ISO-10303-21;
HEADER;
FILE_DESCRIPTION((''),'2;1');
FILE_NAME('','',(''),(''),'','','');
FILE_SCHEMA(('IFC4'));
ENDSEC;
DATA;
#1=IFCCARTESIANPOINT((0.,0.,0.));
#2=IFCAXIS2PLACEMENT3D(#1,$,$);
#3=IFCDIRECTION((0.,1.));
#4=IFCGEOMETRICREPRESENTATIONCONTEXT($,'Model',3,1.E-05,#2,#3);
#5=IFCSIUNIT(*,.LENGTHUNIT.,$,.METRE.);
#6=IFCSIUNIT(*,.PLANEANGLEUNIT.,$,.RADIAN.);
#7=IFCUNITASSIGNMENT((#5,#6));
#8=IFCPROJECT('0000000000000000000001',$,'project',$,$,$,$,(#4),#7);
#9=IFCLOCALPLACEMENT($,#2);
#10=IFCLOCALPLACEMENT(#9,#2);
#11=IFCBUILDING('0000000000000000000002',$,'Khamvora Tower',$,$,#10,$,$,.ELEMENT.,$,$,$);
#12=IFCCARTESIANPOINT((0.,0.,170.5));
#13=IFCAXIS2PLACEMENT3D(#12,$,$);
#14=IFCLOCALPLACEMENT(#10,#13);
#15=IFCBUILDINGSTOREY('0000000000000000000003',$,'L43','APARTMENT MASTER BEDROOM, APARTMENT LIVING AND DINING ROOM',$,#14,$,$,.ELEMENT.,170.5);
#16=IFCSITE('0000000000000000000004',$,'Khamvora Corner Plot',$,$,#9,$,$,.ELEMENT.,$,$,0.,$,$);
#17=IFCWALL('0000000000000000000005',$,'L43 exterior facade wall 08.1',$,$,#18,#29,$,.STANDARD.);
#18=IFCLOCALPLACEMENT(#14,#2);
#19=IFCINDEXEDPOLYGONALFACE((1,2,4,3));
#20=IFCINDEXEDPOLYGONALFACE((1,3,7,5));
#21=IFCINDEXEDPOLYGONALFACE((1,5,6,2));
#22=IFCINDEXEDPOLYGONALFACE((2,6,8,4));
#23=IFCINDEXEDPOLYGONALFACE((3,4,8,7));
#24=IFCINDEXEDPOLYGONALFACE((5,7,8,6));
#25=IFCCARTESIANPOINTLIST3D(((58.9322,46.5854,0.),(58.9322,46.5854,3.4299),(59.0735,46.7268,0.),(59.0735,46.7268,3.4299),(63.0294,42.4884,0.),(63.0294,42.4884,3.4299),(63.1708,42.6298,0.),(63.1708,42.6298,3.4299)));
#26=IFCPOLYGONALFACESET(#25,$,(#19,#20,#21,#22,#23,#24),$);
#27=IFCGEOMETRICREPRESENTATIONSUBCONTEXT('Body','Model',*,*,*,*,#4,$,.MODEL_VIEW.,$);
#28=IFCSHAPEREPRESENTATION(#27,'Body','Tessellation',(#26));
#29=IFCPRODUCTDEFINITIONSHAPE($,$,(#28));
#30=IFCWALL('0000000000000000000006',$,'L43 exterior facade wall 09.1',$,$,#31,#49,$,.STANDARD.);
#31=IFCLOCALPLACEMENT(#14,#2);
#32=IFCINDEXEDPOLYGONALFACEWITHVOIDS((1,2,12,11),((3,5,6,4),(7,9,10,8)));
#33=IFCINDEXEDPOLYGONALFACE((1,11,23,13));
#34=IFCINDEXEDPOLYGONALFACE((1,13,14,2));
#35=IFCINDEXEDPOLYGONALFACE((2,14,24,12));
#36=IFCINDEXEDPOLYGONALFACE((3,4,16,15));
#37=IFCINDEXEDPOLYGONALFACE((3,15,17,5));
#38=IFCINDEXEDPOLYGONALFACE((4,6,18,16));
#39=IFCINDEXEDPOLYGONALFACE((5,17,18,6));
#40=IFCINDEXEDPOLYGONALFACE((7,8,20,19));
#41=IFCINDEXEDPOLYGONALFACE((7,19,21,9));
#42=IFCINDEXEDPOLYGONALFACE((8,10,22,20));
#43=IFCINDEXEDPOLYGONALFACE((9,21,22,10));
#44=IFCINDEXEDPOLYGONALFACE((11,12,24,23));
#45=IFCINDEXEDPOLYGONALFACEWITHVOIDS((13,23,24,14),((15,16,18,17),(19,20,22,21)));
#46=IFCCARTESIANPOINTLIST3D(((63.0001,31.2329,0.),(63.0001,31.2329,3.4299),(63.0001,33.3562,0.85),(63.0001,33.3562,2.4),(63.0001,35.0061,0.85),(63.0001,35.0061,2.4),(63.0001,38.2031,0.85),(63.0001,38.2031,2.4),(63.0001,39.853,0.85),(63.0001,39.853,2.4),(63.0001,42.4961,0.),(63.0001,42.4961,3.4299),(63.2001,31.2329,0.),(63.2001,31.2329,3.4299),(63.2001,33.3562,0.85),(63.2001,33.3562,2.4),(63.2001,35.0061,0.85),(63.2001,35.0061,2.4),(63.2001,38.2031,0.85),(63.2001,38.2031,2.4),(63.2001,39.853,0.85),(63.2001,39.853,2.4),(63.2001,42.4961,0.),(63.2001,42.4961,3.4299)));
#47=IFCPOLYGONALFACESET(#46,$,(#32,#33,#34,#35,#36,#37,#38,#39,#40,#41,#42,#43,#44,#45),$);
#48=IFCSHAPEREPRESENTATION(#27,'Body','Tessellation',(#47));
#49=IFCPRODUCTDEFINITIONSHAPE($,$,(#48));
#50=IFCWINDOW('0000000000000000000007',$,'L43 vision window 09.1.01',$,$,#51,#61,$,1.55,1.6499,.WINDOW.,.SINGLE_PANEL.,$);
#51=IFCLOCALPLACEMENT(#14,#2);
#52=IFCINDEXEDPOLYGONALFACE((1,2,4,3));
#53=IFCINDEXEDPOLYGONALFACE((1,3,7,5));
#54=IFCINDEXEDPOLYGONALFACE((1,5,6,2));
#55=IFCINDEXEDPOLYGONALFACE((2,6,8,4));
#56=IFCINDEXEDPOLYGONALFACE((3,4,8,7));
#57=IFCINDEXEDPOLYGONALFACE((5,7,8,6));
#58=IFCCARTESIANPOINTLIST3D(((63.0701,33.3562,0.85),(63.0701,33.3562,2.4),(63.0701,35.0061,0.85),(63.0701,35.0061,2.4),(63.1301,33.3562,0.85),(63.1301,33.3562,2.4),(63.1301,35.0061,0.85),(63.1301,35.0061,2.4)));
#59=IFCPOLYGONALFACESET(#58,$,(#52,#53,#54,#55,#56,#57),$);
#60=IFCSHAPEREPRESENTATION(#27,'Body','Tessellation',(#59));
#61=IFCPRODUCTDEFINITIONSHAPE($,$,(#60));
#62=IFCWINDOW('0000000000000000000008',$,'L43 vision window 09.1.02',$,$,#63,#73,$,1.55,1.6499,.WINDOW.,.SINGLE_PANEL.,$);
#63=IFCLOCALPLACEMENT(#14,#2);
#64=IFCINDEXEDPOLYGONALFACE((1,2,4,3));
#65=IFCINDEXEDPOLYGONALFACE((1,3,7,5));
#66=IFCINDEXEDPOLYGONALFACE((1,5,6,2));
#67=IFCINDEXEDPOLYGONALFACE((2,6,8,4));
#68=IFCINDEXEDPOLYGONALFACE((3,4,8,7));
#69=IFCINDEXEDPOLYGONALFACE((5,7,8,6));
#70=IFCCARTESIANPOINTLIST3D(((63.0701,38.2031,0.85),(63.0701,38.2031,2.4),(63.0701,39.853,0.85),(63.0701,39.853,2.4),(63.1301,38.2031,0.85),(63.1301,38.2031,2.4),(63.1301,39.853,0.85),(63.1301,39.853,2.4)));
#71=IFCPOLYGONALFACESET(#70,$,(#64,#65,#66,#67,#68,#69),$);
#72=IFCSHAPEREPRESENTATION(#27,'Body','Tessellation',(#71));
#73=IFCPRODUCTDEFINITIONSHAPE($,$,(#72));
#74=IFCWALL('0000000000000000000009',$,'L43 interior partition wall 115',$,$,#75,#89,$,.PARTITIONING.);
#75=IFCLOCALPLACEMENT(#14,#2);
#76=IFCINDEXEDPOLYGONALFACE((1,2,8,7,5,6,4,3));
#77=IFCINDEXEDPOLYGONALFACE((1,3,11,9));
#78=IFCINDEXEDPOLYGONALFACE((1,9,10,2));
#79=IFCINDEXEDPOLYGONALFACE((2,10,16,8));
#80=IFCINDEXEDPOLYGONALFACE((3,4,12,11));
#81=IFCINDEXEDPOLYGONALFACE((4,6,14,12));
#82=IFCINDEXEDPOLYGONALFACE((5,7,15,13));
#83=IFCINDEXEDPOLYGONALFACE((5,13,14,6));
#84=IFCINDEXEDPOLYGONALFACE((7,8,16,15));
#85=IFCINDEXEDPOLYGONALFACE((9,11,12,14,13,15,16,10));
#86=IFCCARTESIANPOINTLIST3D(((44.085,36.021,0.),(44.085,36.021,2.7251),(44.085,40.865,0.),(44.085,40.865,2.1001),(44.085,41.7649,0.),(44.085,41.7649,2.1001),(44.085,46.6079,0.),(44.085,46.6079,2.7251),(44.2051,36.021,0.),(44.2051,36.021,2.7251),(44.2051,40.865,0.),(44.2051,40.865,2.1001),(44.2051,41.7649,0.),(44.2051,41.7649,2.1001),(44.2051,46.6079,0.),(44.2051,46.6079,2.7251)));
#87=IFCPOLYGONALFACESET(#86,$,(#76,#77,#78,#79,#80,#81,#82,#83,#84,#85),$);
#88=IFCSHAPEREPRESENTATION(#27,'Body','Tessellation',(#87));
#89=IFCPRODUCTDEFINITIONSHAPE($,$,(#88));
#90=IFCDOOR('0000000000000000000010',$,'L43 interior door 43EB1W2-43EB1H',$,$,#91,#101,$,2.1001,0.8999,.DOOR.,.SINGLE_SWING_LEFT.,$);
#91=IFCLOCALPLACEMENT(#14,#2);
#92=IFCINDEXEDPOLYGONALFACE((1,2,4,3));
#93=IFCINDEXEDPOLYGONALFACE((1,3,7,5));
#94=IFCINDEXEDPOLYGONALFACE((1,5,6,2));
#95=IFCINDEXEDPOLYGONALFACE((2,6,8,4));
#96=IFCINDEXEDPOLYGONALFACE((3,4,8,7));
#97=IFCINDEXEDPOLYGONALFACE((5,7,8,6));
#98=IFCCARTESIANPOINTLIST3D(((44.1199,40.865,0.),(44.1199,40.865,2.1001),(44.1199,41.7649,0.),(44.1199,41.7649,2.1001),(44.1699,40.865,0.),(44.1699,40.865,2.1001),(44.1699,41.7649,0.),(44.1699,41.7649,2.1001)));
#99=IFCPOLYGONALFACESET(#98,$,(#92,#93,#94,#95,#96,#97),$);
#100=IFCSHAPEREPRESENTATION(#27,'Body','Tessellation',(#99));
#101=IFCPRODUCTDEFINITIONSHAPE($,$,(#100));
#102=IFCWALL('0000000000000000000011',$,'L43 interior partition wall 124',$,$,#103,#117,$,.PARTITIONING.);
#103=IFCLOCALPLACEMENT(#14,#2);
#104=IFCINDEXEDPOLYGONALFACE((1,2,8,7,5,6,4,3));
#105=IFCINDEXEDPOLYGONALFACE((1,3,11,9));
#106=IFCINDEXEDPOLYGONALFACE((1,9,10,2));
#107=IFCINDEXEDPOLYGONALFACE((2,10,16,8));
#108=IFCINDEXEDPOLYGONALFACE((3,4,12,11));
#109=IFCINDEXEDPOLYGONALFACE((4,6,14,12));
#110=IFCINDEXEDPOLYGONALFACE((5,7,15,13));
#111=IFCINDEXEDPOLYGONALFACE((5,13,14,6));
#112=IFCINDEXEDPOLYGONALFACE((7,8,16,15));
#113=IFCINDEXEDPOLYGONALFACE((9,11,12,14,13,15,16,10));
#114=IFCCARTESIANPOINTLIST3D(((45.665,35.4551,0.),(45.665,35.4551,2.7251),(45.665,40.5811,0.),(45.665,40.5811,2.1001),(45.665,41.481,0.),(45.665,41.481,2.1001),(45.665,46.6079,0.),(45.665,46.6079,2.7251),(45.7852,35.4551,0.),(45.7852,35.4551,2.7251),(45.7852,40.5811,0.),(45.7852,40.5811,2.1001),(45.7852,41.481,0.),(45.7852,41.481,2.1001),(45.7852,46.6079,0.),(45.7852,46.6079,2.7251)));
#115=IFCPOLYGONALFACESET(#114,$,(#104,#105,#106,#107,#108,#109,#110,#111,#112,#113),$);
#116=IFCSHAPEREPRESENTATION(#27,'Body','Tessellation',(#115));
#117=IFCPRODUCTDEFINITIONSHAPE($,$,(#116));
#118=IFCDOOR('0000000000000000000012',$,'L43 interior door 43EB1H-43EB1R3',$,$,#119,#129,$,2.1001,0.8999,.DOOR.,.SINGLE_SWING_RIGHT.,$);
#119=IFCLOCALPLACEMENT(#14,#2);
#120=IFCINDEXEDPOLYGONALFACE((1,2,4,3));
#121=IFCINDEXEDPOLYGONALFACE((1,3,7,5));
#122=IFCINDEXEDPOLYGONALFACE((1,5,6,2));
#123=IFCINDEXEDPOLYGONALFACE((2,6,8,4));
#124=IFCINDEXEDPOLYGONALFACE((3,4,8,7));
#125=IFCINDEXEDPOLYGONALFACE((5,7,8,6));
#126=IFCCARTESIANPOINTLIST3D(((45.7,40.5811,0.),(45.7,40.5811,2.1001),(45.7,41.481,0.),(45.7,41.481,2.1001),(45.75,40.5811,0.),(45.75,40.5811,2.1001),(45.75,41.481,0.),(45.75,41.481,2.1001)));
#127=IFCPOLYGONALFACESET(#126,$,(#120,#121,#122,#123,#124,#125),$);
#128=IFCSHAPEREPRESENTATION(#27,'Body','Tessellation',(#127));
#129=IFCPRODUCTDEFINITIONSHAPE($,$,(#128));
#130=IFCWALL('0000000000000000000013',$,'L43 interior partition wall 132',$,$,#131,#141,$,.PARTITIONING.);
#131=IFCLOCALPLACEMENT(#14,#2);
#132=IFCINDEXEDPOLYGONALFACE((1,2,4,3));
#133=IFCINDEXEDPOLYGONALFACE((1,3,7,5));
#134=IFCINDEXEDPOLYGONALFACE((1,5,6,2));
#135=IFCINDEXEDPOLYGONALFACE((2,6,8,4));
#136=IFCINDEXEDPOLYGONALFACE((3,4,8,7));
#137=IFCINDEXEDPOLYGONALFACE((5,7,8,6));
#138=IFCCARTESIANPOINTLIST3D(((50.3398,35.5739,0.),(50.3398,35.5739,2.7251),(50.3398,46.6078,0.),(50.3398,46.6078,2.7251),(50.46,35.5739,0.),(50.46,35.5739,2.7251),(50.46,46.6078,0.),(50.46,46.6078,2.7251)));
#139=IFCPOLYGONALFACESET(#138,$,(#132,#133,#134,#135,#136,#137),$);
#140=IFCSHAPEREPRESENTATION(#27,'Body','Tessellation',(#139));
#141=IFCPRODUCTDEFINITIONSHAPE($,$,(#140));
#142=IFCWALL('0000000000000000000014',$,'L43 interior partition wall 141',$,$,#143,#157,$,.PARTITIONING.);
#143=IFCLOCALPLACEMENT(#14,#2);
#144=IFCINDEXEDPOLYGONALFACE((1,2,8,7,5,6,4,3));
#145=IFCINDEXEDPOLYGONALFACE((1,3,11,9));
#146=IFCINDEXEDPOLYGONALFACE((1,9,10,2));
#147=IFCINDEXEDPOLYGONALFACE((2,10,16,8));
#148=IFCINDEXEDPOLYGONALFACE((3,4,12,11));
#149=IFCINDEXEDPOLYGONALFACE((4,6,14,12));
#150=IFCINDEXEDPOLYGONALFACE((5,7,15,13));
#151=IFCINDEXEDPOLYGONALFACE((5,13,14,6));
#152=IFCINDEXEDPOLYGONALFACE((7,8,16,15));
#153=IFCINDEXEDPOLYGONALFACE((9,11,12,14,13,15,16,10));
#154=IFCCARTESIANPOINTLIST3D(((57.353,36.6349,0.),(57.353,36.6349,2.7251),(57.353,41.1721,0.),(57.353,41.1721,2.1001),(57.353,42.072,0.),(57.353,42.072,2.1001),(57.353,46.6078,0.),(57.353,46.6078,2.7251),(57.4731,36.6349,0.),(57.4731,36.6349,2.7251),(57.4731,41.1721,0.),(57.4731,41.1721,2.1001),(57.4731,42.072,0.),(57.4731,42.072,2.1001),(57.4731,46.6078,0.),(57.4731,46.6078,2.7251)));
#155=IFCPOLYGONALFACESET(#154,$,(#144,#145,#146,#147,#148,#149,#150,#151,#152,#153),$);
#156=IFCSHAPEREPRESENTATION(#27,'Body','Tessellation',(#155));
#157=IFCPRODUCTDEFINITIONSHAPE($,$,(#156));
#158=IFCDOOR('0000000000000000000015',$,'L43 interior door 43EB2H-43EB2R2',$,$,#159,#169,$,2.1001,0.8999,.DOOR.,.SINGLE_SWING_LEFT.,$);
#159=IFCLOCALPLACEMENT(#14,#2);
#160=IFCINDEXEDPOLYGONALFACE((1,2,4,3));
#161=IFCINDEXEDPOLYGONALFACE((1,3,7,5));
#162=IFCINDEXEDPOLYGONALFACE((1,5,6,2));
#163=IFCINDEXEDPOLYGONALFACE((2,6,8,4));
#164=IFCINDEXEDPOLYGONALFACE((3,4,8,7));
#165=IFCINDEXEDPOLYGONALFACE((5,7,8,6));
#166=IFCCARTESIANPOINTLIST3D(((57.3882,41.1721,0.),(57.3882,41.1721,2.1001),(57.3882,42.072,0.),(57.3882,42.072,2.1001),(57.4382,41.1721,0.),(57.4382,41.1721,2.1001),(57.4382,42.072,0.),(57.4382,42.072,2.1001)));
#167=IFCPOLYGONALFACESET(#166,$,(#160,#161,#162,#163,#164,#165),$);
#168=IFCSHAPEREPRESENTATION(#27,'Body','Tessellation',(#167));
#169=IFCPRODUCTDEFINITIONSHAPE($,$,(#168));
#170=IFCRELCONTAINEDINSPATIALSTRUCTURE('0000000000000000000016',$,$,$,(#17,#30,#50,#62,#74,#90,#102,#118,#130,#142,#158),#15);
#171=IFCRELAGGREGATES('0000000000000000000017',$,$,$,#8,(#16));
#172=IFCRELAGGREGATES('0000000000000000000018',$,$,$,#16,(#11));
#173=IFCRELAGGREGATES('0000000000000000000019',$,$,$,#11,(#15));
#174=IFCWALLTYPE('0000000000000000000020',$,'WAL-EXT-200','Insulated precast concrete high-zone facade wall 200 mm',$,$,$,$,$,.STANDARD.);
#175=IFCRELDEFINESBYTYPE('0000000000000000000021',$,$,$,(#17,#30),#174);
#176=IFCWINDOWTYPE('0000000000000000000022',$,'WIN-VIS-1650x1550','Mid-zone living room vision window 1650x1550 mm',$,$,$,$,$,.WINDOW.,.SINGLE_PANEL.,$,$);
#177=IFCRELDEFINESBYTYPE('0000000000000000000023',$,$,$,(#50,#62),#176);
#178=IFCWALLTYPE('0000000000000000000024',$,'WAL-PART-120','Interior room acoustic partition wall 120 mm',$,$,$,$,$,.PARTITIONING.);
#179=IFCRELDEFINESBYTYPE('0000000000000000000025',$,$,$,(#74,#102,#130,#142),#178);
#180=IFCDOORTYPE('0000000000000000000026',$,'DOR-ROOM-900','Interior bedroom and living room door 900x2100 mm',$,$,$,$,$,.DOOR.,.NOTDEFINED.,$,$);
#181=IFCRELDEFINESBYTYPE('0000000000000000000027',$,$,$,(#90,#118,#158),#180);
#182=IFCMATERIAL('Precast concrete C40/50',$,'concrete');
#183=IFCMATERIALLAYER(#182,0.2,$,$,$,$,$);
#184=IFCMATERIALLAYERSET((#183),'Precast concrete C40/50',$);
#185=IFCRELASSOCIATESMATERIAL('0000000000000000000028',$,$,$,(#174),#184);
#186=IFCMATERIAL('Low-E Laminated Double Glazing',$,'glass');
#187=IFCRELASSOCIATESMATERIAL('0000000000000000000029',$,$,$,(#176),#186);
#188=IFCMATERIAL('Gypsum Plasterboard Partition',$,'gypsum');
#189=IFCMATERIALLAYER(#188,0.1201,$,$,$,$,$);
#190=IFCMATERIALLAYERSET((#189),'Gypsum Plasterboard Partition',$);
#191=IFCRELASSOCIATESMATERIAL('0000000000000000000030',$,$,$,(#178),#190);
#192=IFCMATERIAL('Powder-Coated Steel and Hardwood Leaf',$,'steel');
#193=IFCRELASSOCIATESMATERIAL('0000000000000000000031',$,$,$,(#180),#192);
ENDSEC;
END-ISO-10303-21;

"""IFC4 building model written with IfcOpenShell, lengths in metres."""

from ifc_helpers import new_model, si_unit, direction, frame, frame_2d, origin, place, context, subcontext, project, spatial, rectangle, extrude, material, layer, layer_set, type_object, element, fill, save


model = new_model("IFC4")

# Units and contexts
model_context = context("Model", 3, precision=1e-05, world=origin(), true_north=direction((0.0, 1.0)))
body_context = subcontext(model_context, "Body", "Model", "MODEL_VIEW")
ifc_project = project(units=[si_unit("LENGTHUNIT", "METRE"), si_unit("PLANEANGLEUNIT", "RADIAN")], contexts=[model_context])

# Site, building, storey
site_placement = place(None, origin())
site = spatial("IfcSite", under=ifc_project, at=site_placement, Name="Khamvora Corner Plot", CompositionType="ELEMENT", RefElevation=0.0)
building_placement = place(site_placement, origin())
building = spatial("IfcBuilding", under=site, at=building_placement, Name="Khamvora Tower", CompositionType="ELEMENT")
storey_placement = place(building_placement, frame((0.0, 0.0, 170.5)))
storey = spatial("IfcBuildingStorey", under=building, at=storey_placement, Name="L43", Description="APARTMENT MASTER BEDROOM, APARTMENT LIVING AND DINING ROOM", CompositionType="ELEMENT", Elevation=170.5)

# Wall
ifc_material_1 = material(Name="Precast concrete C40/50", Category="concrete")
ifc_layer_1 = layer(ifc_material_1, 0.2)
ifc_layer_set_1 = layer_set([ifc_layer_1], Name="Precast concrete C40/50")
wall_type_1 = type_object("IfcWallType", Name="WAL-EXT-200", Description="Insulated precast concrete high-zone facade wall 200 mm", PredefinedType="STANDARD", material=ifc_layer_set_1)
wall_1_placement = place(storey_placement, frame((59.0029, 46.656, 0.0), z_axis=(0.0, 0.0, 1.0), x_axis=(0.707128, -0.707086, 0.0)))
element("IfcWall", 1, at=wall_1_placement, inside=storey, type_object=wall_type_1, Name="L43 exterior facade wall 08.1", PredefinedType="STANDARD", context=body_context, shape_type="SweptSolid", body=[
    extrude(rectangle(XDim=5.7942, YDim=0.2, at=frame_2d((2.897, 0.0))), origin(), (0.0, 0.0, 1.0), 3.4299),
])

# Wall, openings, windows
wall_2_placement = place(storey_placement, frame((63.1001, 42.4961, 0.0), z_axis=(0.0, 0.0, 1.0), x_axis=(0.0, -1.0, 0.0)))
wall_2 = element("IfcWall", 2, at=wall_2_placement, inside=storey, type_object=wall_type_1, Name="L43 exterior facade wall 09.1", PredefinedType="STANDARD", context=body_context, shape_type="SweptSolid", body=[
    extrude(rectangle(XDim=11.2632, YDim=0.2, at=frame_2d((5.6316, 0.0))), origin(), (0.0, 0.0, 1.0), 3.4299),
])
opening_1_placement = place(wall_2_placement, frame((7.49, 0.0, 0.8501)))
opening_1 = element("IfcOpeningElement", 3, at=opening_1_placement, cuts=wall_2, PredefinedType="OPENING", context=body_context, shape_type="SweptSolid", body=[
    extrude(rectangle(XDim=1.6499, YDim=1.55, at=frame_2d((0.825, 0.7749))), frame((0.0, 0.1099, 0.0), z_axis=(0.0, -1.0, 0.0), x_axis=(1.0, 0.0, 0.0)), (0.0, 0.0, 1.0), 0.22),
])
opening_2_placement = place(wall_2_placement, frame((2.6431, 0.0, 0.8501)))
opening_2 = element("IfcOpeningElement", 4, at=opening_2_placement, cuts=wall_2, PredefinedType="OPENING", context=body_context, shape_type="SweptSolid", body=[
    extrude(rectangle(XDim=1.6499, YDim=1.55, at=frame_2d((0.825, 0.7749))), frame((0.0, 0.1099, 0.0), z_axis=(0.0, -1.0, 0.0), x_axis=(1.0, 0.0, 0.0)), (0.0, 0.0, 1.0), 0.22),
])
ifc_material_2 = material(Name="Low-E Laminated Double Glazing", Category="glass")
window_type = type_object("IfcWindowType", Name="WIN-VIS-1650x1550", Description="Mid-zone living room vision window 1650x1550 mm", PartitioningType="SINGLE_PANEL", PredefinedType="WINDOW", material=ifc_material_2)
window_1_placement = place(opening_1_placement, origin())
window_1 = element("IfcWindow", 5, at=window_1_placement, inside=storey, type_object=window_type, Name="L43 vision window 09.1.01", OverallHeight=1.55, OverallWidth=1.6499, PartitioningType="SINGLE_PANEL", PredefinedType="WINDOW", context=body_context, shape_type="SweptSolid", body=[
    extrude(rectangle(XDim=1.6499, YDim=1.55, at=frame_2d((0.825, 0.7749))), frame((0.0, 0.03, 0.0), z_axis=(0.0, -1.0, 0.0), x_axis=(1.0, 0.0, 0.0)), (0.0, 0.0, 1.0), 0.0601),
])
fill(opening_1, window_1)
window_2_placement = place(opening_2_placement, origin())
window_2 = element("IfcWindow", 6, at=window_2_placement, inside=storey, type_object=window_type, Name="L43 vision window 09.1.02", OverallHeight=1.55, OverallWidth=1.6499, PartitioningType="SINGLE_PANEL", PredefinedType="WINDOW", context=body_context, shape_type="SweptSolid", body=[
    extrude(rectangle(XDim=1.6499, YDim=1.55, at=frame_2d((0.825, 0.7749))), frame((0.0, 0.03, 0.0), z_axis=(0.0, -1.0, 0.0), x_axis=(1.0, 0.0, 0.0)), (0.0, 0.0, 1.0), 0.0601),
])
fill(opening_2, window_2)

# Walls, openings, doors
ifc_material_3 = material(Name="Gypsum Plasterboard Partition", Category="gypsum")
ifc_layer_2 = layer(ifc_material_3, 0.1201)
ifc_layer_set_2 = layer_set([ifc_layer_2], Name="Gypsum Plasterboard Partition")
wall_type_2 = type_object("IfcWallType", Name="WAL-PART-120", Description="Interior room acoustic partition wall 120 mm", PredefinedType="PARTITIONING", material=ifc_layer_set_2)
wall_3_placement = place(storey_placement, frame((44.145, 46.6079, 0.0), z_axis=(0.0, 0.0, 1.0), x_axis=(0.0, -1.0, 0.0)))
wall_3 = element("IfcWall", 7, at=wall_3_placement, inside=storey, type_object=wall_type_2, Name="L43 interior partition wall 115", PredefinedType="PARTITIONING", context=body_context, shape_type="SweptSolid", body=[
    extrude(rectangle(XDim=10.5869, YDim=0.1201, at=frame_2d((5.2935, 0.0))), origin(), (0.0, 0.0, 1.0), 2.7251),
])
opening_3_placement = place(wall_3_placement, frame((4.843, 0.0, 0.0)))
opening_3 = element("IfcOpeningElement", 8, at=opening_3_placement, cuts=wall_3, PredefinedType="OPENING", context=body_context, shape_type="SweptSolid", body=[
    extrude(rectangle(XDim=0.8999, YDim=2.1001, at=frame_2d((0.45, 1.05))), frame((0.0, 0.0701, 0.0), z_axis=(0.0, -1.0, 0.0), x_axis=(1.0, 0.0, 0.0)), (0.0, 0.0, 1.0), 0.1401),
])
ifc_material_4 = material(Name="Powder-Coated Steel and Hardwood Leaf", Category="steel")
door_type = type_object("IfcDoorType", Name="DOR-ROOM-900", Description="Interior bedroom and living room door 900x2100 mm", OperationType="NOTDEFINED", PredefinedType="DOOR", material=ifc_material_4)
door_1_placement = place(opening_3_placement, origin())
door_1 = element("IfcDoor", 9, at=door_1_placement, inside=storey, type_object=door_type, Name="L43 interior door 43EB1W2-43EB1H", OperationType="SINGLE_SWING_LEFT", OverallHeight=2.1001, OverallWidth=0.8999, PredefinedType="DOOR", context=body_context, shape_type="SweptSolid", body=[
    extrude(rectangle(XDim=0.8999, YDim=2.1001, at=frame_2d((0.45, 1.05))), frame((0.0, 0.0249, 0.0), z_axis=(0.0, -1.0, 0.0), x_axis=(1.0, 0.0, 0.0)), (0.0, 0.0, 1.0), 0.05),
])
fill(opening_3, door_1)
wall_4_placement = place(storey_placement, frame((45.7251, 46.6079, 0.0), z_axis=(0.0, 0.0, 1.0), x_axis=(0.0, -1.0, 0.0)))
wall_4 = element("IfcWall", 10, at=wall_4_placement, inside=storey, type_object=wall_type_2, Name="L43 interior partition wall 124", PredefinedType="PARTITIONING", context=body_context, shape_type="SweptSolid", body=[
    extrude(rectangle(XDim=11.1528, YDim=0.1201, at=frame_2d((5.5764, 0.0))), origin(), (0.0, 0.0, 1.0), 2.7251),
])
opening_4_placement = place(wall_4_placement, frame((5.127, 0.0, 0.0)))
opening_4 = element("IfcOpeningElement", 11, at=opening_4_placement, cuts=wall_4, PredefinedType="OPENING", context=body_context, shape_type="SweptSolid", body=[
    extrude(rectangle(XDim=0.8999, YDim=2.1001, at=frame_2d((0.45, 1.05))), frame((0.0, 0.0701, 0.0), z_axis=(0.0, -1.0, 0.0), x_axis=(1.0, 0.0, 0.0)), (0.0, 0.0, 1.0), 0.1401),
])
door_2_placement = place(opening_4_placement, origin())
door_2 = element("IfcDoor", 12, at=door_2_placement, inside=storey, type_object=door_type, Name="L43 interior door 43EB1H-43EB1R3", OperationType="SINGLE_SWING_RIGHT", OverallHeight=2.1001, OverallWidth=0.8999, PredefinedType="DOOR", context=body_context, shape_type="SweptSolid", body=[
    extrude(rectangle(XDim=0.8999, YDim=2.1001, at=frame_2d((0.45, 1.05))), frame((0.0, 0.0249, 0.0), z_axis=(0.0, -1.0, 0.0), x_axis=(1.0, 0.0, 0.0)), (0.0, 0.0, 1.0), 0.05),
])
fill(opening_4, door_2)

# Wall
wall_5_placement = place(storey_placement, frame((50.3999, 46.6079, 0.0), z_axis=(0.0, 0.0, 1.0), x_axis=(0.0, -1.0, 0.0)))
element("IfcWall", 13, at=wall_5_placement, inside=storey, type_object=wall_type_2, Name="L43 interior partition wall 132", PredefinedType="PARTITIONING", context=body_context, shape_type="SweptSolid", body=[
    extrude(rectangle(XDim=11.0339, YDim=0.1201, at=frame_2d((5.5171, 0.0))), origin(), (0.0, 0.0, 1.0), 2.7251),
])

# Wall, opening, door
wall_6_placement = place(storey_placement, frame((57.4131, 36.635, 0.0), z_axis=(0.0, 0.0, 1.0), x_axis=(0.0, 1.0, 0.0)))
wall_6 = element("IfcWall", 14, at=wall_6_placement, inside=storey, type_object=wall_type_2, Name="L43 interior partition wall 141", PredefinedType="PARTITIONING", context=body_context, shape_type="SweptSolid", body=[
    extrude(rectangle(XDim=9.9729, YDim=0.1201, at=frame_2d((4.9863, 0.0))), origin(), (0.0, 0.0, 1.0), 2.7251),
])
opening_5_placement = place(wall_6_placement, frame((4.5371, 0.0, 0.0)))
opening_5 = element("IfcOpeningElement", 15, at=opening_5_placement, cuts=wall_6, PredefinedType="OPENING", context=body_context, shape_type="SweptSolid", body=[
    extrude(rectangle(XDim=0.8999, YDim=2.1001, at=frame_2d((0.45, 1.05))), frame((0.0, 0.0701, 0.0), z_axis=(0.0, -1.0, 0.0), x_axis=(1.0, 0.0, 0.0)), (0.0, 0.0, 1.0), 0.1401),
])
door_3_placement = place(opening_5_placement, origin())
door_3 = element("IfcDoor", 16, at=door_3_placement, inside=storey, type_object=door_type, Name="L43 interior door 43EB2H-43EB2R2", OperationType="SINGLE_SWING_LEFT", OverallHeight=2.1001, OverallWidth=0.8999, PredefinedType="DOOR", context=body_context, shape_type="SweptSolid", body=[
    extrude(rectangle(XDim=0.8999, YDim=2.1001, at=frame_2d((0.45, 1.05))), frame((0.0, 0.0249, 0.0), z_axis=(0.0, -1.0, 0.0), x_axis=(1.0, 0.0, 0.0)), (0.0, 0.0, 1.0), 0.05),
])
fill(opening_5, door_3)

save(model, "model.ifc")
